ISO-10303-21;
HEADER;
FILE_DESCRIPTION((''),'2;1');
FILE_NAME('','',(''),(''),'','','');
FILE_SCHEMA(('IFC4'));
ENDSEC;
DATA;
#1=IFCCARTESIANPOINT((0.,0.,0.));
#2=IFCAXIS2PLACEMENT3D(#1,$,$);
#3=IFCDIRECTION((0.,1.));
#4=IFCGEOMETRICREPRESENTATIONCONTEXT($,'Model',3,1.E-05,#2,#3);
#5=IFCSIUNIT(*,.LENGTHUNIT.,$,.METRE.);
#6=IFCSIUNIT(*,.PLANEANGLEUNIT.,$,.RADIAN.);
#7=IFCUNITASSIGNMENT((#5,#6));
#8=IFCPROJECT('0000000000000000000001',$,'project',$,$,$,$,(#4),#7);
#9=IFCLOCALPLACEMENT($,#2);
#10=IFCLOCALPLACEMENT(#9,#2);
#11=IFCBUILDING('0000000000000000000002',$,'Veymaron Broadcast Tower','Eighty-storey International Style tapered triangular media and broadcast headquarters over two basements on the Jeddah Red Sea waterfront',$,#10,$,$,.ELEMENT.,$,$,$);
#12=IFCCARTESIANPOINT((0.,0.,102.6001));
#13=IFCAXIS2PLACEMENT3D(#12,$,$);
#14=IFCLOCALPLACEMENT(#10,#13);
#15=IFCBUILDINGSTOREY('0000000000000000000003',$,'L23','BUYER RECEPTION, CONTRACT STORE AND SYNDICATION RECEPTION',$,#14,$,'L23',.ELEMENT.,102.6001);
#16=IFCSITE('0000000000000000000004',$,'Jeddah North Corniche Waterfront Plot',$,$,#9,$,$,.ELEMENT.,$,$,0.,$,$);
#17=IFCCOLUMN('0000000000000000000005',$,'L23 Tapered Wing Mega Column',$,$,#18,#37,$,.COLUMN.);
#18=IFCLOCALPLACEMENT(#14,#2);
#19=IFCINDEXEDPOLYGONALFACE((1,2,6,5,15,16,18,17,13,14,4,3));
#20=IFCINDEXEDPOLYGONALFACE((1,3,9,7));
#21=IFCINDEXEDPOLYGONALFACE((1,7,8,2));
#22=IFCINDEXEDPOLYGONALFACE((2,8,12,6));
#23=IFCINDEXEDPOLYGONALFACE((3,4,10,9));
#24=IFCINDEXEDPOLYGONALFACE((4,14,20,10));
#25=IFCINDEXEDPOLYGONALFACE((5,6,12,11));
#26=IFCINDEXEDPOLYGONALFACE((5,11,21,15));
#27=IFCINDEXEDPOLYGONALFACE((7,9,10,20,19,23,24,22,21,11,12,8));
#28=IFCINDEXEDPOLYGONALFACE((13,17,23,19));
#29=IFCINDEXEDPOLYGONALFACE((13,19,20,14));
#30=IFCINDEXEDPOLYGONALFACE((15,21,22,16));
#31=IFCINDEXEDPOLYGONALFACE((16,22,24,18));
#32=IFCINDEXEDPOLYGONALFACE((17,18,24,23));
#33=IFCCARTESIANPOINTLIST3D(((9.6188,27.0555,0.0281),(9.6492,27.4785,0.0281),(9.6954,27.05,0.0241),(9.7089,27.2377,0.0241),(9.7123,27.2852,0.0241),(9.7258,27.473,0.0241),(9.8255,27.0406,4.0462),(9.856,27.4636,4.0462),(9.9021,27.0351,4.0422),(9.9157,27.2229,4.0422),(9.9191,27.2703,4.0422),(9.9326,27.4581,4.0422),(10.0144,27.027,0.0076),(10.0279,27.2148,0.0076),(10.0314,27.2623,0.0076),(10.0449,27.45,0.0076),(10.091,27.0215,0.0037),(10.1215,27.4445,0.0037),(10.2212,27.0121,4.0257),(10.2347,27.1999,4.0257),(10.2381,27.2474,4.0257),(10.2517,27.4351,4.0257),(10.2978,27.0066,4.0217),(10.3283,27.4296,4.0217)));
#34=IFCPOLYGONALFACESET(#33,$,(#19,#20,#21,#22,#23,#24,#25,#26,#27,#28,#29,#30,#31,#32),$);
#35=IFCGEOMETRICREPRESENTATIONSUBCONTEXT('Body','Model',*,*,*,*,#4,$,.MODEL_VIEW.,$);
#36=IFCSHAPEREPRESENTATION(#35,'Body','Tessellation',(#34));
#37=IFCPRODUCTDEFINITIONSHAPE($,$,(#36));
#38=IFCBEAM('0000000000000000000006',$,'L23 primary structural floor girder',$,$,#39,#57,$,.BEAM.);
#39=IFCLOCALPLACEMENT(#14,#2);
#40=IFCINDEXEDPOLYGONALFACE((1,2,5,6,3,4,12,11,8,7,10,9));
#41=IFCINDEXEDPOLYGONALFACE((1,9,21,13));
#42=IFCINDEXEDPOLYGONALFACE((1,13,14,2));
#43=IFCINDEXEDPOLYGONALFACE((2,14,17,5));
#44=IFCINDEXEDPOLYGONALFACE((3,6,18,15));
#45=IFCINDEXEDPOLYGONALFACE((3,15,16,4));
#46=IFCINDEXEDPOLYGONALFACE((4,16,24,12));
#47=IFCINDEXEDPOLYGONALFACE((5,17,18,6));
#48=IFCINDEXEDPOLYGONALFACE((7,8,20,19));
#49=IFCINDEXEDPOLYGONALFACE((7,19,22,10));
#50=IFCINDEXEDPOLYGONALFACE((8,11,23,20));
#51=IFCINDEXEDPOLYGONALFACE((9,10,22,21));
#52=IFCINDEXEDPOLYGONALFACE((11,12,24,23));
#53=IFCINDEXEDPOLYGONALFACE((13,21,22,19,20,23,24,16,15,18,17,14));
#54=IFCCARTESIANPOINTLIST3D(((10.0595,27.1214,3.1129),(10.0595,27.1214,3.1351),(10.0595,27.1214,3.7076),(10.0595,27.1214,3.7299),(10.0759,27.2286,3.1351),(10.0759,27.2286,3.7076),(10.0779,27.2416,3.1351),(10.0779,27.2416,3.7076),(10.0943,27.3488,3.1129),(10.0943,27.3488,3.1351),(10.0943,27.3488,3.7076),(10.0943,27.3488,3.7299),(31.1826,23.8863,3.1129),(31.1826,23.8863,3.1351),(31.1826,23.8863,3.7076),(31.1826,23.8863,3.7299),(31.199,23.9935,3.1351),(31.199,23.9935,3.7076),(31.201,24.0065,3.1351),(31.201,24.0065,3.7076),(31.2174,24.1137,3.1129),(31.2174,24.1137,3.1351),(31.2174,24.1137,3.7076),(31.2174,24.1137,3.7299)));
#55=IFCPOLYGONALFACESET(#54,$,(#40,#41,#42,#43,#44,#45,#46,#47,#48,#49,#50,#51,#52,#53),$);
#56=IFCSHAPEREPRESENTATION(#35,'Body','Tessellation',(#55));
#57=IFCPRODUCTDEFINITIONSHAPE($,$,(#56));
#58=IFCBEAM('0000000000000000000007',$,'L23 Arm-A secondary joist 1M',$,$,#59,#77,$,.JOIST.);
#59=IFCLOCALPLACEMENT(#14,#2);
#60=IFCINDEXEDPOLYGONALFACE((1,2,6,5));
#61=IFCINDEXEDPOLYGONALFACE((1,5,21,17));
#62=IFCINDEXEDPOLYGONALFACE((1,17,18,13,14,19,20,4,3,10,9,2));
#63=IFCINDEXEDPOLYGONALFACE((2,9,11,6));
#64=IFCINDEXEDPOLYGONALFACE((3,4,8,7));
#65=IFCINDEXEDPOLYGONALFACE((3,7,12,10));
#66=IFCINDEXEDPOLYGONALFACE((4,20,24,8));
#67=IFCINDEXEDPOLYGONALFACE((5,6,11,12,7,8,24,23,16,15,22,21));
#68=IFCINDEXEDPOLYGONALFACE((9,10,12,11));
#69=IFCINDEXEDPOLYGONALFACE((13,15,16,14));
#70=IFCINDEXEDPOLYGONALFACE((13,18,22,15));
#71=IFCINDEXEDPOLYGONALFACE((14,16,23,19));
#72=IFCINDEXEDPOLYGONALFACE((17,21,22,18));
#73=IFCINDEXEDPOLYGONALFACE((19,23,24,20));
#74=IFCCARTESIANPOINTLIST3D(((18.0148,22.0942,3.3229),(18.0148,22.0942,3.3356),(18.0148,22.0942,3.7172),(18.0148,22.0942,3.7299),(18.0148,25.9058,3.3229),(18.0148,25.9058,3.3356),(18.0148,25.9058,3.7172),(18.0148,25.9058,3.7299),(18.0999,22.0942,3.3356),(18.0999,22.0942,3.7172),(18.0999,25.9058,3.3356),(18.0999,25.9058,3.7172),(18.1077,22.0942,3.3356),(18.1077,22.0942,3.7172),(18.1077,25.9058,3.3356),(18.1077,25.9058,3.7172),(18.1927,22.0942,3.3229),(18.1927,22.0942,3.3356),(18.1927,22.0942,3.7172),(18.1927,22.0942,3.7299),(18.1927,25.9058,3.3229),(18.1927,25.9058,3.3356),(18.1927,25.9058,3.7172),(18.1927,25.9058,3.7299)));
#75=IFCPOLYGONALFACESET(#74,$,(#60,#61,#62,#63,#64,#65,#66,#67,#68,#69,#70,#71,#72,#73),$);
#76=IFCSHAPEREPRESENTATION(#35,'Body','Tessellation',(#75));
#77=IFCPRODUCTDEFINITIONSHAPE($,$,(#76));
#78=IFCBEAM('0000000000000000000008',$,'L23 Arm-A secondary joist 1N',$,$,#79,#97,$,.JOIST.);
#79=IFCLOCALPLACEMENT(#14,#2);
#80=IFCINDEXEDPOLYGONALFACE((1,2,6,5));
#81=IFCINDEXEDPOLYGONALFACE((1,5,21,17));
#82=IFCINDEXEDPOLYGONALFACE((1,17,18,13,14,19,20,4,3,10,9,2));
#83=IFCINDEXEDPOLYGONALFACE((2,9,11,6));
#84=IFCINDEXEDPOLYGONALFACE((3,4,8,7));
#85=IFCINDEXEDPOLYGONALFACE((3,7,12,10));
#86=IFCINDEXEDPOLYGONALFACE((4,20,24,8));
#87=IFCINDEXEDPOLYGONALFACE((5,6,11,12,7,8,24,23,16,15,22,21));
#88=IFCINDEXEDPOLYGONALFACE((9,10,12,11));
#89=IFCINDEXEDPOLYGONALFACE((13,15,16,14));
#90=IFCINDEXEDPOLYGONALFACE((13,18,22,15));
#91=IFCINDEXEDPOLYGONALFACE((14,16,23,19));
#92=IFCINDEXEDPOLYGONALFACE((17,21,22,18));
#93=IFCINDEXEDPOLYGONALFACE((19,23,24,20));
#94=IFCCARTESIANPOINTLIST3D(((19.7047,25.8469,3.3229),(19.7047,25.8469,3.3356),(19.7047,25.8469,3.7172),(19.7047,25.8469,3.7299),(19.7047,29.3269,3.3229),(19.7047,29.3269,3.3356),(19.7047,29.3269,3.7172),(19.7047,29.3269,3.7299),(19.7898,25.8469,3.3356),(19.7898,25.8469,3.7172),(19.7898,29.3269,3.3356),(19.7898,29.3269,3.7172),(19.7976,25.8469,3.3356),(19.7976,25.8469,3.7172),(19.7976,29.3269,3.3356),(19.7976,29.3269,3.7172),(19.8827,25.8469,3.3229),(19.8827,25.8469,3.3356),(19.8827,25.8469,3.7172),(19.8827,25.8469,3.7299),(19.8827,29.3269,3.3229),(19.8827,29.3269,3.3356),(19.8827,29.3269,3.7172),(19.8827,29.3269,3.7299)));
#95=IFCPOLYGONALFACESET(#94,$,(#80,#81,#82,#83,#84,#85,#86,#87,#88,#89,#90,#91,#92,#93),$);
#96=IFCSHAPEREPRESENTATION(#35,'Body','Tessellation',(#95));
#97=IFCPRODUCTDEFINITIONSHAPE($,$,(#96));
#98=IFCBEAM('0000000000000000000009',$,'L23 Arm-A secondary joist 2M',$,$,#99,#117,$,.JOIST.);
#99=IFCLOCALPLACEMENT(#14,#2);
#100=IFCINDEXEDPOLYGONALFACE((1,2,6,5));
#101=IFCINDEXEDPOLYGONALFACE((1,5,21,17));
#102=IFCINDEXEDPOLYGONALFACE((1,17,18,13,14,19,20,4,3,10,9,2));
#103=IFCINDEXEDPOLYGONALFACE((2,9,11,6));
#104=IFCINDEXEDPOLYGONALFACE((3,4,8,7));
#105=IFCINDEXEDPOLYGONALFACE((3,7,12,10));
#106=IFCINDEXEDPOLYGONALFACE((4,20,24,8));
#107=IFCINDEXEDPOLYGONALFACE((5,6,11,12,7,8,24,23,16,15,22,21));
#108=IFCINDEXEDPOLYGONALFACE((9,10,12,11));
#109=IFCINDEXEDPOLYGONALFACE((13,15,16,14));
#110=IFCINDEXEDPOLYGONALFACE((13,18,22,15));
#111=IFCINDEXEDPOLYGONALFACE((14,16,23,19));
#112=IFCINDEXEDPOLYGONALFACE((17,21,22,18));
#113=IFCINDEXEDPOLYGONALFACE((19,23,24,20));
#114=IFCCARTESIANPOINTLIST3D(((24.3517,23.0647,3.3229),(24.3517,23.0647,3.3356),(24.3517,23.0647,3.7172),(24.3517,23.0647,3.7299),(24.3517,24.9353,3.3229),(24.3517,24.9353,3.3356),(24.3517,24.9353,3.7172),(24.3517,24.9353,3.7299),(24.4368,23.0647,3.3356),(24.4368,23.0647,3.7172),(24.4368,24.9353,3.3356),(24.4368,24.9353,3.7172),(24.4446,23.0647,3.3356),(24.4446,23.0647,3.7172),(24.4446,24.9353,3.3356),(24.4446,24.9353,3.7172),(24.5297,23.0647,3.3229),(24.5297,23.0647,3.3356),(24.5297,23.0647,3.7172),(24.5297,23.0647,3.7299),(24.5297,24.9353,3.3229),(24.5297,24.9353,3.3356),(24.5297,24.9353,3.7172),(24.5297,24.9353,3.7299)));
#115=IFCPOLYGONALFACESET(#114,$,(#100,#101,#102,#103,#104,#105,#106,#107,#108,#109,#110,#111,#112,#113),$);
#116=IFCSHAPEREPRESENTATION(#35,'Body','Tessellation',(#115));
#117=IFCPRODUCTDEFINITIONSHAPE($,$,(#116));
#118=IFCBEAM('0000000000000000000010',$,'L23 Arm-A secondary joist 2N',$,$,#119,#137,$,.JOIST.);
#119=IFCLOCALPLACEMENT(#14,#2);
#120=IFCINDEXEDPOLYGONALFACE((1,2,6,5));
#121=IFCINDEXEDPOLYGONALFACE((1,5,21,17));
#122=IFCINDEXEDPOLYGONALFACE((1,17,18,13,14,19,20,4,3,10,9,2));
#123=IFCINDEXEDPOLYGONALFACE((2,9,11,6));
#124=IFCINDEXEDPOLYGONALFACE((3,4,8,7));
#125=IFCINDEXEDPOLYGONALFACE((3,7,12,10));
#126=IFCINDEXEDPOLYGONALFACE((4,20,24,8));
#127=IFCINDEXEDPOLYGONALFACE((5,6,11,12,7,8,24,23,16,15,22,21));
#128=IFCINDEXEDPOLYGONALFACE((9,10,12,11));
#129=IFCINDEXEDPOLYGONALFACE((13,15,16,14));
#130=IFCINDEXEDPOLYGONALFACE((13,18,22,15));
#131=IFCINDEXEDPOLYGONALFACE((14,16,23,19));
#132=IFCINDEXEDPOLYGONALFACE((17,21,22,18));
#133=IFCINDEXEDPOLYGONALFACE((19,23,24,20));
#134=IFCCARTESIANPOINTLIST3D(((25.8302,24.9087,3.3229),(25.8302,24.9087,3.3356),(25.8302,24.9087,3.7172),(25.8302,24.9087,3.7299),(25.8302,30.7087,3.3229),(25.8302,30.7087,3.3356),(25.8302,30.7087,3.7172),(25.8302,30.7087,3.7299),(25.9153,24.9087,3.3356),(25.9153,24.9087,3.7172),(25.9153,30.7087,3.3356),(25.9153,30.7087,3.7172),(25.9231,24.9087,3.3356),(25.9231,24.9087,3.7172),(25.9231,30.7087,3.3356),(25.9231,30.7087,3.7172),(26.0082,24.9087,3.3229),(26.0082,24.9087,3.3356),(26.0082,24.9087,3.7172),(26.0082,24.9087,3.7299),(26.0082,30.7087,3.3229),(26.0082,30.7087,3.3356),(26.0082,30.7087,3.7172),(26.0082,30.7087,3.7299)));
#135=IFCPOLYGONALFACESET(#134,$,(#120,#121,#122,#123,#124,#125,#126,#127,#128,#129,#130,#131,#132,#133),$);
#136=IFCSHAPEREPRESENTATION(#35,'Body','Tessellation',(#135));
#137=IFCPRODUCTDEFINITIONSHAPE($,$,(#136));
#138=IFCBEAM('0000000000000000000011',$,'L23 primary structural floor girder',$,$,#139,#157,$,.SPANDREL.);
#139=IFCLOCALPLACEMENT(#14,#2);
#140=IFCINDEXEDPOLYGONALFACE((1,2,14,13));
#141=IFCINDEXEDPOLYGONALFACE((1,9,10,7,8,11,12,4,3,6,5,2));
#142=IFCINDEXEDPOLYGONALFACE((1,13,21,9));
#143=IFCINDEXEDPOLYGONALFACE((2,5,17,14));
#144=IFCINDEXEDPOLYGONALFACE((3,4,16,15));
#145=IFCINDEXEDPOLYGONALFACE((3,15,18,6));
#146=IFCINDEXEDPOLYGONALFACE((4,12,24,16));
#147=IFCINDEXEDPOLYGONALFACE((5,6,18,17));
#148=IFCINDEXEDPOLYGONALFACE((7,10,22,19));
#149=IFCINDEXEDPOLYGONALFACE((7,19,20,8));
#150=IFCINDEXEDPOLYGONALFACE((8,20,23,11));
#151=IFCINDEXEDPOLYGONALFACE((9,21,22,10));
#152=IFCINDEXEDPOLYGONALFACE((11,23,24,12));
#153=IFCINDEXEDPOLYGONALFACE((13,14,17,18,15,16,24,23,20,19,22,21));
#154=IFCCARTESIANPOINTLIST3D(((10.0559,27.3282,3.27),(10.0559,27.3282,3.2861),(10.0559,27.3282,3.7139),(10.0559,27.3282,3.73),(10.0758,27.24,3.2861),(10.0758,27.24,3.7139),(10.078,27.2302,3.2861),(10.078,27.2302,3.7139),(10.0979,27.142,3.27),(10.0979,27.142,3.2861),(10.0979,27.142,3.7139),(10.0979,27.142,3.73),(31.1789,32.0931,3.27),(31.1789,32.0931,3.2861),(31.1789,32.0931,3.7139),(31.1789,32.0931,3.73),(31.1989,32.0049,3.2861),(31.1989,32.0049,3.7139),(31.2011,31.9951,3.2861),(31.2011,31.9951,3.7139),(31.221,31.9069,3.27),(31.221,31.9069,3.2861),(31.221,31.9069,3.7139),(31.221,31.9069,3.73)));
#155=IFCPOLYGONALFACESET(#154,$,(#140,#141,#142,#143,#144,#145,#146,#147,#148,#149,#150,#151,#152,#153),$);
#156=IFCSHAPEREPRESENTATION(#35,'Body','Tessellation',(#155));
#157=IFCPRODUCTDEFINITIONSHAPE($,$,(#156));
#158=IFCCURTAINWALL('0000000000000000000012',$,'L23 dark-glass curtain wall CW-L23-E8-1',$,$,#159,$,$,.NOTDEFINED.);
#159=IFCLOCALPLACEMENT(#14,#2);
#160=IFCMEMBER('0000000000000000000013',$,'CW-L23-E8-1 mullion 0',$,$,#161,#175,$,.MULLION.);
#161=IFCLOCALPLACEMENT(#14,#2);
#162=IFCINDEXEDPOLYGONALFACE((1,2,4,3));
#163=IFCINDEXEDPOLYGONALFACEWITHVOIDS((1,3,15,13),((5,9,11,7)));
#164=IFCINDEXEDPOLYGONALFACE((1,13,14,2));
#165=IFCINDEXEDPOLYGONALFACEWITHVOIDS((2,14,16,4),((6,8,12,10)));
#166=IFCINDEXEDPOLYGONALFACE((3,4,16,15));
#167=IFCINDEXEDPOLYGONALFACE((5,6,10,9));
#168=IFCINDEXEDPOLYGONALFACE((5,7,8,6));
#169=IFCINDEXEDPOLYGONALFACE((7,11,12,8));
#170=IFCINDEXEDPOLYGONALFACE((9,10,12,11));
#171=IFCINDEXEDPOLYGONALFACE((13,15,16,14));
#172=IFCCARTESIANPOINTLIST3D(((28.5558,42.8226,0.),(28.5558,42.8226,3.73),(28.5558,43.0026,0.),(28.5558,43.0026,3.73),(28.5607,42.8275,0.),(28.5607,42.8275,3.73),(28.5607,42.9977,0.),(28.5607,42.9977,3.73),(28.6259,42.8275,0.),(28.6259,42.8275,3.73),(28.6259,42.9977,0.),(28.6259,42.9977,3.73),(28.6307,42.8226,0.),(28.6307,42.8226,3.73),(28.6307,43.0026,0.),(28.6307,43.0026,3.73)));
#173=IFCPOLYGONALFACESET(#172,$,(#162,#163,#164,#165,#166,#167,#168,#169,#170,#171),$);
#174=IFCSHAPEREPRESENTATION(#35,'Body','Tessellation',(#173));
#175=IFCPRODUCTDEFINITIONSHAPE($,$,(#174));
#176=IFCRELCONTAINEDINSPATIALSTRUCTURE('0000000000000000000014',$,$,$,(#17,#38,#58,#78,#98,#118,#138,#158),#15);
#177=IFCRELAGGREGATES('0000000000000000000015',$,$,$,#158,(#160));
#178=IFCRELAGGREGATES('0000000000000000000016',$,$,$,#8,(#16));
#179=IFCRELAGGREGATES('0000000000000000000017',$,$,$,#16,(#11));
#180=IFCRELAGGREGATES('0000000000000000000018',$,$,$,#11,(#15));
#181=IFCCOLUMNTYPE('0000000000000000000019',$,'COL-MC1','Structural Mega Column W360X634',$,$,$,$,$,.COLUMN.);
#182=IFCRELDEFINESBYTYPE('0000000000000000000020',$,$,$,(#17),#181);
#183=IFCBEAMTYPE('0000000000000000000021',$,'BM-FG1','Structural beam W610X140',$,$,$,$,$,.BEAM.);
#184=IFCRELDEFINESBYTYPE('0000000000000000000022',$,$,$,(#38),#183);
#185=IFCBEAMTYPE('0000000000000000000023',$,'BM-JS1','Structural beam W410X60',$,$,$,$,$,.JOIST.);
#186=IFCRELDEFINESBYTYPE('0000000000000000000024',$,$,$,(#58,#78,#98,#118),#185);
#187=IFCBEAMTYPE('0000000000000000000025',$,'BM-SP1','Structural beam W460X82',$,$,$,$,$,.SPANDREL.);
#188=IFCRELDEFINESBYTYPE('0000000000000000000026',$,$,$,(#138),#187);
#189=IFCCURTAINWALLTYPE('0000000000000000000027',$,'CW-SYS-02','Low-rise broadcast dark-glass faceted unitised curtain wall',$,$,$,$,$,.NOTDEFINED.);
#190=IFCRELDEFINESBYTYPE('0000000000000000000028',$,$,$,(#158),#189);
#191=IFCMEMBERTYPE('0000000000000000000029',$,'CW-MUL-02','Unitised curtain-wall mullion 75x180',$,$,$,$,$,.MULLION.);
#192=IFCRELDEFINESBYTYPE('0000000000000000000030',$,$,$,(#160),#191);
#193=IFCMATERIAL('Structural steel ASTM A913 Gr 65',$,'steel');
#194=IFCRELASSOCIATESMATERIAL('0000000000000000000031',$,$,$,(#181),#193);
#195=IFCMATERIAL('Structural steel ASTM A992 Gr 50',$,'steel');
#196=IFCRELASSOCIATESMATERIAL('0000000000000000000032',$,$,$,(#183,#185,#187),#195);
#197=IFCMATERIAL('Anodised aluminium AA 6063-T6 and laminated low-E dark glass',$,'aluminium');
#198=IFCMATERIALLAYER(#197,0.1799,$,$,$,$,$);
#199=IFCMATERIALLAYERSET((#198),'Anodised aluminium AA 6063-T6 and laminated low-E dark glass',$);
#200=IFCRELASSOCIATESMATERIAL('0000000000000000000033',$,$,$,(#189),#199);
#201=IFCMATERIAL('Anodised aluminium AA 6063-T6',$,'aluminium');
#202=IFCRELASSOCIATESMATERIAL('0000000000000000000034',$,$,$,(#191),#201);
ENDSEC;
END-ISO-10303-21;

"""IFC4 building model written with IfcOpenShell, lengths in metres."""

from ifc_helpers import new_model, si_unit, direction, frame, origin, origin_2d, place, context, subcontext, project, spatial, hollow_rectangle, i_section, extrude, material, layer, layer_set, material_profile, profile_set, type_object, element, aggregate, save


model = new_model("IFC4")

# Units and contexts
model_context = context("Model", 3, precision=1e-05, world=origin(), true_north=direction((0.0, 1.0)))
body_context = subcontext(model_context, "Body", "Model", "MODEL_VIEW")
ifc_project = project(units=[si_unit("LENGTHUNIT", "METRE"), si_unit("PLANEANGLEUNIT", "RADIAN")], contexts=[model_context])

# Site, building, storey
site_placement = place(None, origin())
site = spatial("IfcSite", under=ifc_project, at=site_placement, Name="Jeddah North Corniche Waterfront Plot", CompositionType="ELEMENT", RefElevation=0.0)
building_placement = place(site_placement, origin())
building = spatial("IfcBuilding", under=site, at=building_placement, Name="Veymaron Broadcast Tower", Description="Eighty-storey International Style tapered triangular media and broadcast headquarters over two basements on the Jeddah Red Sea waterfront", CompositionType="ELEMENT")
storey_placement = place(building_placement, frame((0.0, 0.0, 102.6001)))
storey = spatial("IfcBuildingStorey", under=building, at=storey_placement, Name="L23", Description="BUYER RECEPTION, CONTRACT STORE AND SYNDICATION RECEPTION", LongName="L23", CompositionType="ELEMENT", Elevation=102.6001)

# Column
ifc_material_1 = material(Name="Structural steel ASTM A913 Gr 65", Category="steel")
ifc_material_profile_1 = material_profile(ifc_material_1, i_section(OverallWidth=0.4241, OverallDepth=0.4741, WebThickness=0.0476, FlangeThickness=0.0769, at=origin_2d()), Name="W360X634")
ifc_profile_set_1 = profile_set([ifc_material_profile_1], Name="Structural steel ASTM A913 Gr 65")
column_type = type_object("IfcColumnType", Name="COL-MC1", Description="Structural Mega Column W360X634", PredefinedType="COLUMN", material=ifc_profile_set_1)
column_placement = place(storey_placement, frame((9.8701, 27.25, 0.0159), z_axis=(0.051396, -0.003701, 0.998671), x_axis=(0.071833, 0.997417, 0.0)))
element("IfcColumn", 1, at=column_placement, inside=storey, type_object=column_type, Name="L23 Tapered Wing Mega Column", PredefinedType="COLUMN", context=body_context, shape_type="SweptSolid", body=[
    extrude(i_section(OverallWidth=0.4241, OverallDepth=0.4741, WebThickness=0.0476, FlangeThickness=0.0769, at=origin_2d()), origin(), (0.0, 0.0, 1.0), 4.0234),
])

# Beams
ifc_material_2 = material(Name="Structural steel ASTM A992 Gr 50", Category="steel")
ifc_material_profile_2 = material_profile(ifc_material_2, i_section(OverallWidth=0.23, OverallDepth=0.6169, WebThickness=0.0132, FlangeThickness=0.0222, at=origin_2d()), Name="W610X140")
ifc_profile_set_2 = profile_set([ifc_material_profile_2], Name="Structural steel ASTM A992 Gr 50")
beam_type_1 = type_object("IfcBeamType", Name="BM-FG1", Description="Structural beam W610X140", PredefinedType="BEAM", material=ifc_profile_set_2)
beam_1_placement = place(storey_placement, frame((10.0769, 27.2351, 3.4214), z_axis=(0.988474, -0.15139, 0.0), x_axis=(0.15139, 0.988474, 0.0)))
element("IfcBeam", 2, at=beam_1_placement, inside=storey, type_object=beam_type_1, Name="L23 primary structural floor girder", PredefinedType="BEAM", context=body_context, shape_type="SweptSolid", body=[
    extrude(i_section(OverallWidth=0.23, OverallDepth=0.6169, WebThickness=0.0132, FlangeThickness=0.0222, at=origin_2d()), origin(), (0.0, 0.0, 1.0), 21.3694),
])
ifc_material_profile_3 = material_profile(ifc_material_2, i_section(OverallWidth=0.178, OverallDepth=0.407, WebThickness=0.0078, FlangeThickness=0.0127, at=origin_2d()), Name="W410X60")
ifc_profile_set_3 = profile_set([ifc_material_profile_3], Name="Structural steel ASTM A992 Gr 50")
beam_type_2 = type_object("IfcBeamType", Name="BM-JS1", Description="Structural beam W410X60", PredefinedType="JOIST", material=ifc_profile_set_3)
beam_2_placement = place(storey_placement, frame((18.1038, 22.0942, 3.5264), z_axis=(0.0, 1.0, 0.0), x_axis=(-1.0, 0.0, 0.0)))
element("IfcBeam", 3, at=beam_2_placement, inside=storey, type_object=beam_type_2, Name="L23 Arm-A secondary joist 1M", PredefinedType="JOIST", context=body_context, shape_type="SweptSolid", body=[
    extrude(i_section(OverallWidth=0.178, OverallDepth=0.407, WebThickness=0.0078, FlangeThickness=0.0127, at=origin_2d()), origin(), (0.0, 0.0, 1.0), 3.8115),
])
beam_3_placement = place(storey_placement, frame((19.7937, 25.8469, 3.5264), z_axis=(0.0, 1.0, 0.0), x_axis=(-1.0, 0.0, 0.0)))
element("IfcBeam", 4, at=beam_3_placement, inside=storey, type_object=beam_type_2, Name="L23 Arm-A secondary joist 1N", PredefinedType="JOIST", context=body_context, shape_type="SweptSolid", body=[
    extrude(i_section(OverallWidth=0.178, OverallDepth=0.407, WebThickness=0.0078, FlangeThickness=0.0127, at=origin_2d()), origin(), (0.0, 0.0, 1.0), 3.48),
])
beam_4_placement = place(storey_placement, frame((24.4407, 23.0647, 3.5264), z_axis=(0.0, 1.0, 0.0), x_axis=(-1.0, 0.0, 0.0)))
element("IfcBeam", 5, at=beam_4_placement, inside=storey, type_object=beam_type_2, Name="L23 Arm-A secondary joist 2M", PredefinedType="JOIST", context=body_context, shape_type="SweptSolid", body=[
    extrude(i_section(OverallWidth=0.178, OverallDepth=0.407, WebThickness=0.0078, FlangeThickness=0.0127, at=origin_2d()), origin(), (0.0, 0.0, 1.0), 1.8706),
])
beam_5_placement = place(storey_placement, frame((25.9192, 24.9087, 3.5264), z_axis=(0.0, 1.0, 0.0), x_axis=(-1.0, 0.0, 0.0)))
element("IfcBeam", 6, at=beam_5_placement, inside=storey, type_object=beam_type_2, Name="L23 Arm-A secondary joist 2N", PredefinedType="JOIST", context=body_context, shape_type="SweptSolid", body=[
    extrude(i_section(OverallWidth=0.178, OverallDepth=0.407, WebThickness=0.0078, FlangeThickness=0.0127, at=origin_2d()), origin(), (0.0, 0.0, 1.0), 5.8),
])
ifc_material_profile_4 = material_profile(ifc_material_2, i_section(OverallWidth=0.1909, OverallDepth=0.46, WebThickness=0.01, FlangeThickness=0.0161, at=origin_2d()), Name="W460X82")
ifc_profile_set_4 = profile_set([ifc_material_profile_4], Name="Structural steel ASTM A992 Gr 50")
beam_type_3 = type_object("IfcBeamType", Name="BM-SP1", Description="Structural beam W460X82", PredefinedType="SPANDREL", material=ifc_profile_set_4)
beam_6_placement = place(storey_placement, frame((10.0769, 27.2351, 3.5), z_axis=(0.975489, 0.220049, 0.0), x_axis=(-0.220049, 0.975489, 0.0)))
element("IfcBeam", 7, at=beam_6_placement, inside=storey, type_object=beam_type_3, Name="L23 primary structural floor girder", PredefinedType="SPANDREL", context=body_context, shape_type="SweptSolid", body=[
    extrude(i_section(OverallWidth=0.1909, OverallDepth=0.46, WebThickness=0.01, FlangeThickness=0.0161, at=origin_2d()), origin(), (0.0, 0.0, 1.0), 21.6538),
])

# Curtain wall, member
ifc_material_3 = material(Name="Anodised aluminium AA 6063-T6 and laminated low-E dark glass", Category="aluminium")
ifc_layer_1 = layer(ifc_material_3, 0.1799)
ifc_layer_set_1 = layer_set([ifc_layer_1], Name="Anodised aluminium AA 6063-T6 and laminated low-E dark glass")
curtain_wall_type = type_object("IfcCurtainWallType", Name="CW-SYS-02", Description="Low-rise broadcast dark-glass faceted unitised curtain wall", PredefinedType="NOTDEFINED", material=ifc_layer_set_1)
curtain_wall_1_placement = place(storey_placement, origin())
curtain_wall_1 = element("IfcCurtainWall", 8, at=curtain_wall_1_placement, inside=storey, type_object=curtain_wall_type, Name="L23 dark-glass curtain wall CW-L23-E8-1", PredefinedType="NOTDEFINED")
ifc_material_4 = material(Name="Anodised aluminium AA 6063-T6", Category="aluminium")
ifc_material_profile_5 = material_profile(ifc_material_4, hollow_rectangle(XDim=0.075, YDim=0.1799, WallThickness=0.0049, at=origin_2d()), Name="AL180X75X5")
ifc_profile_set_5 = profile_set([ifc_material_profile_5], Name="Anodised aluminium AA 6063-T6")
member_type_1 = type_object("IfcMemberType", Name="CW-MUL-02", Description="Unitised curtain-wall mullion 75x180", PredefinedType="MULLION", material=ifc_profile_set_5)
member_1_placement = place(storey_placement, frame((28.5933, 42.9126, 0.0), z_axis=(0.0, 0.0, 1.0), x_axis=(1.0, 0.0, 0.0)))
member_1 = element("IfcMember", 9, at=member_1_placement, type_object=member_type_1, Name="CW-L23-E8-1 mullion 0", PredefinedType="MULLION", context=body_context, shape_type="SweptSolid", body=[
    extrude(hollow_rectangle(XDim=0.075, YDim=0.1799, WallThickness=0.0049, at=origin_2d()), origin(), (0.0, 0.0, 1.0), 3.73),
])

aggregate(curtain_wall_1, [member_1])

save(model, "model.ifc")
